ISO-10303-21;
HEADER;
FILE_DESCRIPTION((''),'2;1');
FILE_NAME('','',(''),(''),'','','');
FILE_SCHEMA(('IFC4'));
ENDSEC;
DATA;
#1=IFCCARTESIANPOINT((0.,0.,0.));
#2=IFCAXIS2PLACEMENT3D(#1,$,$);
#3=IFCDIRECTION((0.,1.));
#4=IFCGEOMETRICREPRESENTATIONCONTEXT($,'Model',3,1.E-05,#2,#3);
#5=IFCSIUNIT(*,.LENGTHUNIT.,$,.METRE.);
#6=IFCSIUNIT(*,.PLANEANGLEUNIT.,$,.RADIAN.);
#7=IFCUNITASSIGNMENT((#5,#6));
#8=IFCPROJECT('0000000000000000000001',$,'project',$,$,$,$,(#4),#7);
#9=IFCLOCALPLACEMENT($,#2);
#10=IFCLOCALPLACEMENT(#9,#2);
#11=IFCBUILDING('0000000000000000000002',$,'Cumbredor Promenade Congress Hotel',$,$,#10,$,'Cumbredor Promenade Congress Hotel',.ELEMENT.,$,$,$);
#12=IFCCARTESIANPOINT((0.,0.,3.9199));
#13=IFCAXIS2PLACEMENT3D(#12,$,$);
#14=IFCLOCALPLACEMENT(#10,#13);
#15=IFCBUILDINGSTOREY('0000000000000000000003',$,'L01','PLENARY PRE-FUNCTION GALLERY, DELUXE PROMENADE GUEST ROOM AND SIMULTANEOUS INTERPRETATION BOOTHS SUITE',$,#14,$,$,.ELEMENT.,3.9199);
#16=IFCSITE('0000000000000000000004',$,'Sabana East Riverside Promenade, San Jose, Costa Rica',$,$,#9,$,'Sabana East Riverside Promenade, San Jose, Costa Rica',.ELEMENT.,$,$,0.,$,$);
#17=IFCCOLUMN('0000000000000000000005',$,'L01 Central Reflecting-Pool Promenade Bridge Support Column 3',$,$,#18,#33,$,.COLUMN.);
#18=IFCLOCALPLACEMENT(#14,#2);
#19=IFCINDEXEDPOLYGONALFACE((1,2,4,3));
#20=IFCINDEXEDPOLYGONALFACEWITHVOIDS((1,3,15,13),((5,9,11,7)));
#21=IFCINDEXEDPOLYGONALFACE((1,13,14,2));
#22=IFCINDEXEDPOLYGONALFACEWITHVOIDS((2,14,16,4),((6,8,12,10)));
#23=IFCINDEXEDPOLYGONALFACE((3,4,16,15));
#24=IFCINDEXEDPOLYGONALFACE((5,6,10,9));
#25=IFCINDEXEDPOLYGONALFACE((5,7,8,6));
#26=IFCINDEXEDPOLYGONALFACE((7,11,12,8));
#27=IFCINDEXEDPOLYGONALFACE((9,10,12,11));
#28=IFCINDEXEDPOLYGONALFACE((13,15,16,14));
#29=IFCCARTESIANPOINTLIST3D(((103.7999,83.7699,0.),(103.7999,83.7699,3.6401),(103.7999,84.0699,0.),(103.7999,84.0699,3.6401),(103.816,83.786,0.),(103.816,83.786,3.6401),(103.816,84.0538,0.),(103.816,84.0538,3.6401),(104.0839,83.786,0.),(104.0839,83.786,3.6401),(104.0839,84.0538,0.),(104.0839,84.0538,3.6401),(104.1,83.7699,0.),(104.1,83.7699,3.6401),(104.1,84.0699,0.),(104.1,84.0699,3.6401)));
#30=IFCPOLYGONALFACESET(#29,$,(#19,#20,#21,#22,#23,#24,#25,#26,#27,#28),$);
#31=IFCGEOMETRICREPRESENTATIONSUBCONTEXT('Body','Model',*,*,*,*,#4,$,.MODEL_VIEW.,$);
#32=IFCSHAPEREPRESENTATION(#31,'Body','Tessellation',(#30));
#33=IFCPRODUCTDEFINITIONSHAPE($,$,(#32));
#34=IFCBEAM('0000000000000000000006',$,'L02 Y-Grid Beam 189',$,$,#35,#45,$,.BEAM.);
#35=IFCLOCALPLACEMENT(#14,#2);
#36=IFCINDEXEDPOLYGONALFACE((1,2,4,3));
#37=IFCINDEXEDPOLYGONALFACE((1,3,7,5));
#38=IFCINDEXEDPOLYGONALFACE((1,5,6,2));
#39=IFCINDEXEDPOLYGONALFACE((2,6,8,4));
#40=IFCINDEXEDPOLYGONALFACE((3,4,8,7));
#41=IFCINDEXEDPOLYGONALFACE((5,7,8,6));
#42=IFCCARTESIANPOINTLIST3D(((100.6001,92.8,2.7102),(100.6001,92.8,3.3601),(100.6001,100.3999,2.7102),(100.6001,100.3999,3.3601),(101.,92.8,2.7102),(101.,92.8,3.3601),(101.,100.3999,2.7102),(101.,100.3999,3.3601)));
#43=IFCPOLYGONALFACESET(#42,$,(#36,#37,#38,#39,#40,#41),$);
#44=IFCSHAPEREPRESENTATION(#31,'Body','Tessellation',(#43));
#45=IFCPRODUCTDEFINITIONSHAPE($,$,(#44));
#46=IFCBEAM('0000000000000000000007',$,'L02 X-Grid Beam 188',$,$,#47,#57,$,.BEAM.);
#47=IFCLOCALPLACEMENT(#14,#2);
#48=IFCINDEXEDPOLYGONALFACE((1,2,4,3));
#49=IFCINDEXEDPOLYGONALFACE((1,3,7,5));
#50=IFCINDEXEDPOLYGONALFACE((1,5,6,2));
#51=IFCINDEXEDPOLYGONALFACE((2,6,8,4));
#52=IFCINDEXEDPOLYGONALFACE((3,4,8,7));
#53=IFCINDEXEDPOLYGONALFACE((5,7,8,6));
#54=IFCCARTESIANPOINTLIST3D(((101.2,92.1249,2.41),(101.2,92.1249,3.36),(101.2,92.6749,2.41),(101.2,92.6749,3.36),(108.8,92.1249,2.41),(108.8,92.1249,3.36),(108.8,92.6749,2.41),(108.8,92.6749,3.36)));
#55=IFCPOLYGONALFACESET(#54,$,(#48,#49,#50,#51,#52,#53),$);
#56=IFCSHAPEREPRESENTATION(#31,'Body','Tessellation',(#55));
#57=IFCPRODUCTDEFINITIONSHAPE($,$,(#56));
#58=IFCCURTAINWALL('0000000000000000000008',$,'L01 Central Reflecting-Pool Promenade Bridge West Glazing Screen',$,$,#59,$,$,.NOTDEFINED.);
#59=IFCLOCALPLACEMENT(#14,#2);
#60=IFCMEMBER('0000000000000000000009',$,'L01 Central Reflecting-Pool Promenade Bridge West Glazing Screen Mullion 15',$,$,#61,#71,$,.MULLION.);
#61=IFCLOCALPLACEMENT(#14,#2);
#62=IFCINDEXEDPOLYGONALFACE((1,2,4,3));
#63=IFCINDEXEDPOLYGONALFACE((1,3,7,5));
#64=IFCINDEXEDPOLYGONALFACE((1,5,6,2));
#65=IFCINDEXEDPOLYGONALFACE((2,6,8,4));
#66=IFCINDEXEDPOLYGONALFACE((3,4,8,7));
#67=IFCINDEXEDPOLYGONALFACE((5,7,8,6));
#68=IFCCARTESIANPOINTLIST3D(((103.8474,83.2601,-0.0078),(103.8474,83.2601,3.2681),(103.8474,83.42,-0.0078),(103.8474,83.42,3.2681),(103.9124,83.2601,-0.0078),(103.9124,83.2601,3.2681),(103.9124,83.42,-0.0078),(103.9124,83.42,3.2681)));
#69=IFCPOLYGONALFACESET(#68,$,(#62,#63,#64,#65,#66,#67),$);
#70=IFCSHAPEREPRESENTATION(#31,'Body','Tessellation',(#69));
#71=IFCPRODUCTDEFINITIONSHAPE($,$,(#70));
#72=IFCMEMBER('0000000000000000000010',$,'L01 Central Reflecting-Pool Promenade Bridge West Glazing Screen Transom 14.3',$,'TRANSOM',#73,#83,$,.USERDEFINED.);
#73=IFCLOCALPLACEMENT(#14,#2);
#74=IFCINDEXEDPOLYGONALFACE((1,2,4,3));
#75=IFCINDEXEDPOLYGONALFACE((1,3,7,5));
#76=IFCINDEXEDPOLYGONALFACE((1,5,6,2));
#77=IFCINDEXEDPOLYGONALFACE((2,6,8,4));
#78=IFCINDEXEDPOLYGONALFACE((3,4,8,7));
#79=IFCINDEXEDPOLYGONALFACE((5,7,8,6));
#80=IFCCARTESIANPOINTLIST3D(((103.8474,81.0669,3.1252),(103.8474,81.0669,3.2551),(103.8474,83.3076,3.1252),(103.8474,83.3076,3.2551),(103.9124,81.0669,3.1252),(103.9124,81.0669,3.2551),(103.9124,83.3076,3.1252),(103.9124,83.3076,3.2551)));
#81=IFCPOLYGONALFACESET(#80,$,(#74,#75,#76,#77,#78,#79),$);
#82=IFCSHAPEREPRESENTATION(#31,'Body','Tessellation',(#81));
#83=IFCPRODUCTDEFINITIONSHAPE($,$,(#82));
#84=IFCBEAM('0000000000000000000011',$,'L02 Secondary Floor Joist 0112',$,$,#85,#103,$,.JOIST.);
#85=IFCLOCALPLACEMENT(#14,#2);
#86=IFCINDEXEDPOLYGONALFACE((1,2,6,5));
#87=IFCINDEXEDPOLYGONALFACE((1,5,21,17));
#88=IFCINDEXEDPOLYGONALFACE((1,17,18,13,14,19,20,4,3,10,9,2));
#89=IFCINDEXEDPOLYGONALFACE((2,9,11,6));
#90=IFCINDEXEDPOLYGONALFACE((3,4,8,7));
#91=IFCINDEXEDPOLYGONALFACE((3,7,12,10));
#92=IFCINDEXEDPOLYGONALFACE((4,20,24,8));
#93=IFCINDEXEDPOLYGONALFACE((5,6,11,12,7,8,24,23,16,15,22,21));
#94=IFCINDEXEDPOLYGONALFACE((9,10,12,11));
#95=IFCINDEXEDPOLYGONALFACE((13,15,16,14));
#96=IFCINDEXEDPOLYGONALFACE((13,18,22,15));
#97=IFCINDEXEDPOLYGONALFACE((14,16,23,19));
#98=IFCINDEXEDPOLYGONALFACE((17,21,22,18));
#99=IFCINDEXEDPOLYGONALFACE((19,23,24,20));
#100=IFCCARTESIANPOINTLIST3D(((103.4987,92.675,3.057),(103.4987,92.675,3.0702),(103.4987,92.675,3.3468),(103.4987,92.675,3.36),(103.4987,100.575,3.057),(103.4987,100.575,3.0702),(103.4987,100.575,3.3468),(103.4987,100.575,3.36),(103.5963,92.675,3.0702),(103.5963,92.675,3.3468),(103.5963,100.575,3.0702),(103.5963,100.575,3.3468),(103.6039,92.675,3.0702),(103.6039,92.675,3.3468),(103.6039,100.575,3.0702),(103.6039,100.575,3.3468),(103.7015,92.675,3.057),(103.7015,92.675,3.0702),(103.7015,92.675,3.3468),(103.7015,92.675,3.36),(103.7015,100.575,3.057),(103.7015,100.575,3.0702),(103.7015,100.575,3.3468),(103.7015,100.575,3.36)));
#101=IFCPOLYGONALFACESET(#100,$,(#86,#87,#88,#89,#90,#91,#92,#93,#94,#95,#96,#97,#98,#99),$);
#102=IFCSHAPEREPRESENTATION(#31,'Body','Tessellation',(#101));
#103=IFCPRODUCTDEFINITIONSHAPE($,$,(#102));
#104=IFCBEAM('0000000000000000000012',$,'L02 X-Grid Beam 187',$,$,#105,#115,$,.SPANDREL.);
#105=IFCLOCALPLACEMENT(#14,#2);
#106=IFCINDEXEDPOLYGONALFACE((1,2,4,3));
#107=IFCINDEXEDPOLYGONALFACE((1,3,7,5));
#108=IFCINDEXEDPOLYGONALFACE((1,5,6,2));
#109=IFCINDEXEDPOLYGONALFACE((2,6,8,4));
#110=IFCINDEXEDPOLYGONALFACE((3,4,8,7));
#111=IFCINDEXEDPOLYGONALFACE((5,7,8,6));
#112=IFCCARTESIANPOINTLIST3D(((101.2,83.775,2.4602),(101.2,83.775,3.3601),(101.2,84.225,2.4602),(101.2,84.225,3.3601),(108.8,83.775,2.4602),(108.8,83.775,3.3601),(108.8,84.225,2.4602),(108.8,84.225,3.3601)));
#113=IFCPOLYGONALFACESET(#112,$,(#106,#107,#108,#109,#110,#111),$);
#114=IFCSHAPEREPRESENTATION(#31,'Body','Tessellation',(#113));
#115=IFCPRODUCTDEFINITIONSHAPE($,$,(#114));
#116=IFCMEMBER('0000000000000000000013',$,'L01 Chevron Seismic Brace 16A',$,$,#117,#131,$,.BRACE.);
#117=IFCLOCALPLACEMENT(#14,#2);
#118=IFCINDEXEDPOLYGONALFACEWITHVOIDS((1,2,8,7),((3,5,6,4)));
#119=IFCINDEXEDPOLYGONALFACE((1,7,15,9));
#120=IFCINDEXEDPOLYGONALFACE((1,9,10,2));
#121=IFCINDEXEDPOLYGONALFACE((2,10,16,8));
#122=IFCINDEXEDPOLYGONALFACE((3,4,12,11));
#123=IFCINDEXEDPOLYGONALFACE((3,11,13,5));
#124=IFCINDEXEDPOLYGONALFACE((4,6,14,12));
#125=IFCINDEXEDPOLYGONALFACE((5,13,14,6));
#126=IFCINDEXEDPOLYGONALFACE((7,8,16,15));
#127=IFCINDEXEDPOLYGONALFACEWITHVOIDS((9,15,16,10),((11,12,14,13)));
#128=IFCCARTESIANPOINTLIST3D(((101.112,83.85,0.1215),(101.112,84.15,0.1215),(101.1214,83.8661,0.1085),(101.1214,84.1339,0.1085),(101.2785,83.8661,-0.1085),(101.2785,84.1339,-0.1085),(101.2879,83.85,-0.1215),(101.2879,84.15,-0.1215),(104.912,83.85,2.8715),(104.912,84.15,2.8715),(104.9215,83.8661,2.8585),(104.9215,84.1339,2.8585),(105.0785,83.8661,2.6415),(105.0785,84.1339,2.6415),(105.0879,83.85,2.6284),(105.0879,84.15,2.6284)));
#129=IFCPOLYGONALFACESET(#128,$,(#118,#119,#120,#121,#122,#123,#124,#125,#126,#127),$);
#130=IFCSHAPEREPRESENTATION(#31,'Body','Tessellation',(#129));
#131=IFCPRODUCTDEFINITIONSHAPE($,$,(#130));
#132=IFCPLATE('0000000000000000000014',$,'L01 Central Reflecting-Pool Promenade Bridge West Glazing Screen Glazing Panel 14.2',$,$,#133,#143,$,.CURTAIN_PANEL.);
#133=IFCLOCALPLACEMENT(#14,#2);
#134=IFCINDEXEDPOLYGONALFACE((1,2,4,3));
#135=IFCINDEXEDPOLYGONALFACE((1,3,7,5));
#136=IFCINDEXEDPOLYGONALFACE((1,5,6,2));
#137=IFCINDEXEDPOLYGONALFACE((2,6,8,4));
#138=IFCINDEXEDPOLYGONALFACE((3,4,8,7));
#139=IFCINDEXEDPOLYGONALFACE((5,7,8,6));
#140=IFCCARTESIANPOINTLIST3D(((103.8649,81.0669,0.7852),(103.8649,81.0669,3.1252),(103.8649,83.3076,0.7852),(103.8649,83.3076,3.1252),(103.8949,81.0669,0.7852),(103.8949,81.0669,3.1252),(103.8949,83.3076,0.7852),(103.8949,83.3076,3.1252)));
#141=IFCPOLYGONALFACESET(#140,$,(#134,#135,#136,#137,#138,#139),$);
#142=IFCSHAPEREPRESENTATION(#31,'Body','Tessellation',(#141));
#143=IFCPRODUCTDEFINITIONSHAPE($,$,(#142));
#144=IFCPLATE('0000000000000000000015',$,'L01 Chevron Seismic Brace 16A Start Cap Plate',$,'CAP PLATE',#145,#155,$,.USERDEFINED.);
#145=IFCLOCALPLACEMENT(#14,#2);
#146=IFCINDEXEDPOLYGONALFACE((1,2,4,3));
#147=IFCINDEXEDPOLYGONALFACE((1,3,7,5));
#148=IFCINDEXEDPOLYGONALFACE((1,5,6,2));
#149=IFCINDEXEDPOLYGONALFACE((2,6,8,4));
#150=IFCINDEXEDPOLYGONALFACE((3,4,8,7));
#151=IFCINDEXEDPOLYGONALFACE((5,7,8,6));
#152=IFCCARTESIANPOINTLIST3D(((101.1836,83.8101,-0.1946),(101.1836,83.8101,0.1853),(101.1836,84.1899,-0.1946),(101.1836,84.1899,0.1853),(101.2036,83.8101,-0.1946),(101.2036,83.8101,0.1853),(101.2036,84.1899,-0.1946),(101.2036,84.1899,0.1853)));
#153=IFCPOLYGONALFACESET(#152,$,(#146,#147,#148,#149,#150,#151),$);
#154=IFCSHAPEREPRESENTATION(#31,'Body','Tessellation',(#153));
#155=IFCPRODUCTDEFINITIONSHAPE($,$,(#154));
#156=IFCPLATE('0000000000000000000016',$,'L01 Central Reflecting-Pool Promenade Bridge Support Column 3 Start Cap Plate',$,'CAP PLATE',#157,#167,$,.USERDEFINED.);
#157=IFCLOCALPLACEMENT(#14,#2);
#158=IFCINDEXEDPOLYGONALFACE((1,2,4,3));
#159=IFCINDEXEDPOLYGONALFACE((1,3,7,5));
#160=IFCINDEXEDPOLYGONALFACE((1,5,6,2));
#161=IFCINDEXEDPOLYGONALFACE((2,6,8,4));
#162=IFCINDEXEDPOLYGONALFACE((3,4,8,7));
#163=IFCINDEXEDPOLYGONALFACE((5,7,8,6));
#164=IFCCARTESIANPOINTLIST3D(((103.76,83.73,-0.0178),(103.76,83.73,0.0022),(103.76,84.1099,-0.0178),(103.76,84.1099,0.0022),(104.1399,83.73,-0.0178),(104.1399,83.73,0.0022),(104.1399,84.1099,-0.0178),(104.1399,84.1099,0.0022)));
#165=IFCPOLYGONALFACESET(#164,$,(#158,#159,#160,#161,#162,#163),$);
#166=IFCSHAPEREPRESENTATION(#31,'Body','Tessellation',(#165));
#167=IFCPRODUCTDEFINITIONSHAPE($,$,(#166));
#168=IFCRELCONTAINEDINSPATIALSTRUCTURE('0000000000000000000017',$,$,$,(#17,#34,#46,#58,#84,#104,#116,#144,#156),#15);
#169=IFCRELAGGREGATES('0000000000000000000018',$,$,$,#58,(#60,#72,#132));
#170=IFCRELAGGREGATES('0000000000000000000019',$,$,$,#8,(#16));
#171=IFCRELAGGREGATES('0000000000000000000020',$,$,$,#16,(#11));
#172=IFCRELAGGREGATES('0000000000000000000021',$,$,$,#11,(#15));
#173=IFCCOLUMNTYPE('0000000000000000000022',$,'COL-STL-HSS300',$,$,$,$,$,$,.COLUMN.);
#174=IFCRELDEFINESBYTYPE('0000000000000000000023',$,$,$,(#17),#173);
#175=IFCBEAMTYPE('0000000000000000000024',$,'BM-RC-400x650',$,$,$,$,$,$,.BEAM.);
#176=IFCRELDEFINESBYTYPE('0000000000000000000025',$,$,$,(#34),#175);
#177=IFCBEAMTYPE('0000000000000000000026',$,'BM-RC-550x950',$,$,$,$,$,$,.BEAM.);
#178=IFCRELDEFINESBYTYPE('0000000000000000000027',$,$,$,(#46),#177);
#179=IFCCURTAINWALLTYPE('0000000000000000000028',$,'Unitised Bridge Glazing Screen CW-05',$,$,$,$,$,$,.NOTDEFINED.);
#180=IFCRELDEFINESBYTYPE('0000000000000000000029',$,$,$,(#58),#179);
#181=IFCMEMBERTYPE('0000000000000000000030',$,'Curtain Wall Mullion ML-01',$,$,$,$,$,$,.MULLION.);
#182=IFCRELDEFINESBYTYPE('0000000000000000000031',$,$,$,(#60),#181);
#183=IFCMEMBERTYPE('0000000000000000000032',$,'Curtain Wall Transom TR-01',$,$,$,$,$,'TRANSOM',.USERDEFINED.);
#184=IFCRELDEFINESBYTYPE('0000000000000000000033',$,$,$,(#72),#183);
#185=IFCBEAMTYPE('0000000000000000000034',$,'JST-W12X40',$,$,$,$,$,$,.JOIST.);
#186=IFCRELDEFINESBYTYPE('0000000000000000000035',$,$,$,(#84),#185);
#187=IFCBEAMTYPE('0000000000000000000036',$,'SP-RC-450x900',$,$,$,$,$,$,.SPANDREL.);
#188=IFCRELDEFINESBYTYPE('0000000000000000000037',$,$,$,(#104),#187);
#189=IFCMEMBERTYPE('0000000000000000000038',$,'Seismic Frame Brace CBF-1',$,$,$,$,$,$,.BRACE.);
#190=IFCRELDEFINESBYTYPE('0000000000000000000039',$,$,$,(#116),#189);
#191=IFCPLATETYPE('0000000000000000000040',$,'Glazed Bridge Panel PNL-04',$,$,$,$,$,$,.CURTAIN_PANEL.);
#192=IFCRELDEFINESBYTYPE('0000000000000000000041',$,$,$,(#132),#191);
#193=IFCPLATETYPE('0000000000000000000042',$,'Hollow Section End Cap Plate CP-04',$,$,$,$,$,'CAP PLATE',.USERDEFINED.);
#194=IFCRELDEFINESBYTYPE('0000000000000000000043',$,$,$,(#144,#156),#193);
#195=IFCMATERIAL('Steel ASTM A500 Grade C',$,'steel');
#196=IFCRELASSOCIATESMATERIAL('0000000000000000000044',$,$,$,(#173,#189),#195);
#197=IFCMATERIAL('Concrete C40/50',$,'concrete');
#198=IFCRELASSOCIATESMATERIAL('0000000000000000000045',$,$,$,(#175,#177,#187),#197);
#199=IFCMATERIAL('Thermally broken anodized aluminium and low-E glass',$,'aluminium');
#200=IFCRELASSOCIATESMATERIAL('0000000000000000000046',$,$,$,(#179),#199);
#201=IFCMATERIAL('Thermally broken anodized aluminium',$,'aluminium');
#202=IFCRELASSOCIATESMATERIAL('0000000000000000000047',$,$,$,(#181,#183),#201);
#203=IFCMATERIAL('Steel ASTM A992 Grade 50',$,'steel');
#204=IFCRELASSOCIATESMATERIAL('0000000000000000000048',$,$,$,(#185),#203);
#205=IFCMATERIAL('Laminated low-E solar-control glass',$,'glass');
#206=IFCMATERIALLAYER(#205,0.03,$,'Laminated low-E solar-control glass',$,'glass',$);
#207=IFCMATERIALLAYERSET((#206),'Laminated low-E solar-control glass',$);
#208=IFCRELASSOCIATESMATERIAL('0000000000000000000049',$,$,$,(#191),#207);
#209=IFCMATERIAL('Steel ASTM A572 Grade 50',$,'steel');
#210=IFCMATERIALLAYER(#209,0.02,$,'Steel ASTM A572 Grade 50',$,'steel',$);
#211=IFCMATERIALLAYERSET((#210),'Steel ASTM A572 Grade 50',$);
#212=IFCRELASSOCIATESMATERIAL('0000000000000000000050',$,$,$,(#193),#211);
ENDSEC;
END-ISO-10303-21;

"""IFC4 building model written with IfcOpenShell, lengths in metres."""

from ifc_helpers import new_model, si_unit, direction, frame, origin, origin_2d, place, context, subcontext, project, spatial, rectangle, hollow_rectangle, i_section, extrude, material, layer, layer_set, material_profile, profile_set, type_object, element, aggregate, save


model = new_model("IFC4")

# Units and contexts
model_context = context("Model", 3, precision=1e-05, world=origin(), true_north=direction((0.0, 1.0)))
body_context = subcontext(model_context, "Body", "Model", "MODEL_VIEW")
ifc_project = project(units=[si_unit("LENGTHUNIT", "METRE"), si_unit("PLANEANGLEUNIT", "RADIAN")], contexts=[model_context])

# Site, building, storey
site_placement = place(None, origin())
site = spatial("IfcSite", under=ifc_project, at=site_placement, Name="Sabana East Riverside Promenade, San Jose, Costa Rica", LongName="Sabana East Riverside Promenade, San Jose, Costa Rica", CompositionType="ELEMENT", RefElevation=0.0)
building_placement = place(site_placement, origin())
building = spatial("IfcBuilding", under=site, at=building_placement, Name="Cumbredor Promenade Congress Hotel", LongName="Cumbredor Promenade Congress Hotel", CompositionType="ELEMENT")
storey_placement = place(building_placement, frame((0.0, 0.0, 3.9199)))
storey = spatial("IfcBuildingStorey", under=building, at=storey_placement, Name="L01", Description="PLENARY PRE-FUNCTION GALLERY, DELUXE PROMENADE GUEST ROOM AND SIMULTANEOUS INTERPRETATION BOOTHS SUITE", CompositionType="ELEMENT", Elevation=3.9199)

# Column
ifc_material_1 = material(Name="Steel ASTM A500 Grade C", Category="steel")
ifc_material_profile_1 = material_profile(ifc_material_1, hollow_rectangle(XDim=0.3, YDim=0.3, WallThickness=0.0161, at=origin_2d()), Name="HSS 300x300x16")
ifc_profile_set_1 = profile_set([ifc_material_profile_1], Name="Steel ASTM A500 Grade C")
column_type = type_object("IfcColumnType", Name="COL-STL-HSS300", PredefinedType="COLUMN", material=ifc_profile_set_1)
column_placement = place(storey_placement, frame((103.95, 83.9199, 0.0), z_axis=(0.0, 0.0, 1.0), x_axis=(1.0, 0.0, 0.0)))
element("IfcColumn", 1, at=column_placement, inside=storey, type_object=column_type, Name="L01 Central Reflecting-Pool Promenade Bridge Support Column 3", PredefinedType="COLUMN", context=body_context, shape_type="SweptSolid", body=[
    extrude(hollow_rectangle(XDim=0.3, YDim=0.3, WallThickness=0.0161, at=origin_2d()), origin(), (0.0, 0.0, 1.0), 3.6401),
])

# Beams
ifc_material_2 = material(Name="Concrete C40/50", Category="concrete")
ifc_material_profile_2 = material_profile(ifc_material_2, rectangle(XDim=0.3999, YDim=0.6499, at=origin_2d()), Name="RC BEAM 400x650")
ifc_profile_set_2 = profile_set([ifc_material_profile_2], Name="Concrete C40/50")
beam_type_1 = type_object("IfcBeamType", Name="BM-RC-400x650", PredefinedType="BEAM", material=ifc_profile_set_2)
beam_1_placement = place(storey_placement, frame((100.8, 92.8, 3.0352), z_axis=(0.0, 1.0, 0.0), x_axis=(-1.0, 0.0, 0.0)))
element("IfcBeam", 2, at=beam_1_placement, inside=storey, type_object=beam_type_1, Name="L02 Y-Grid Beam 189", PredefinedType="BEAM", context=body_context, shape_type="SweptSolid", body=[
    extrude(rectangle(XDim=0.3999, YDim=0.6499, at=origin_2d()), origin(), (0.0, 0.0, 1.0), 7.5999),
])
ifc_material_profile_3 = material_profile(ifc_material_2, rectangle(XDim=0.55, YDim=0.95, at=origin_2d()), Name="RC BEAM 550x950")
ifc_profile_set_3 = profile_set([ifc_material_profile_3], Name="Concrete C40/50")
beam_type_2 = type_object("IfcBeamType", Name="BM-RC-550x950", PredefinedType="BEAM", material=ifc_profile_set_3)
beam_2_placement = place(storey_placement, frame((101.2, 92.3999, 2.885), z_axis=(1.0, 0.0, 0.0), x_axis=(0.0, 1.0, 0.0)))
element("IfcBeam", 3, at=beam_2_placement, inside=storey, type_object=beam_type_2, Name="L02 X-Grid Beam 188", PredefinedType="BEAM", context=body_context, shape_type="SweptSolid", body=[
    extrude(rectangle(XDim=0.55, YDim=0.95, at=origin_2d()), origin(), (0.0, 0.0, 1.0), 7.6001),
])

# Curtain wall, members
ifc_material_3 = material(Name="Thermally broken anodized aluminium and low-E glass", Category="aluminium")
curtain_wall_type = type_object("IfcCurtainWallType", Name="Unitised Bridge Glazing Screen CW-05", PredefinedType="NOTDEFINED", material=ifc_material_3)
curtain_wall_placement = place(storey_placement, origin())
curtain_wall = element("IfcCurtainWall", 4, at=curtain_wall_placement, inside=storey, type_object=curtain_wall_type, Name="L01 Central Reflecting-Pool Promenade Bridge West Glazing Screen", PredefinedType="NOTDEFINED")
ifc_material_4 = material(Name="Thermally broken anodized aluminium", Category="aluminium")
ifc_material_profile_4 = material_profile(ifc_material_4, rectangle(XDim=0.0649, YDim=0.1599, at=origin_2d()), Name="ALU MULLION 65x160")
ifc_profile_set_4 = profile_set([ifc_material_profile_4], Name="Thermally broken anodized aluminium")
member_type_1 = type_object("IfcMemberType", Name="Curtain Wall Mullion ML-01", PredefinedType="MULLION", material=ifc_profile_set_4)
member_1_placement = place(storey_placement, frame((103.8799, 83.3401, -0.0078), z_axis=(0.0, 0.0, 1.0), x_axis=(1.0, 0.0, 0.0)))
member_1 = element("IfcMember", 5, at=member_1_placement, type_object=member_type_1, Name="L01 Central Reflecting-Pool Promenade Bridge West Glazing Screen Mullion 15", PredefinedType="MULLION", context=body_context, shape_type="SweptSolid", body=[
    extrude(rectangle(XDim=0.0649, YDim=0.1599, at=origin_2d()), origin(), (0.0, 0.0, 1.0), 3.2759),
])
ifc_material_profile_5 = material_profile(ifc_material_4, rectangle(XDim=0.0649, YDim=0.1299, at=origin_2d()), Name="ALU TRANSOM 65x130")
ifc_profile_set_5 = profile_set([ifc_material_profile_5], Name="Thermally broken anodized aluminium")
member_type_2 = type_object("IfcMemberType", Name="Curtain Wall Transom TR-01", ElementType="TRANSOM", PredefinedType="USERDEFINED", material=ifc_profile_set_5)
member_2_placement = place(storey_placement, frame((103.8799, 81.0669, 3.1902), z_axis=(0.0, 1.0, 0.0), x_axis=(-1.0, 0.0, 0.0)))
member_2 = element("IfcMember", 6, at=member_2_placement, type_object=member_type_2, Name="L01 Central Reflecting-Pool Promenade Bridge West Glazing Screen Transom 14.3", ObjectType="TRANSOM", PredefinedType="USERDEFINED", context=body_context, shape_type="SweptSolid", body=[
    extrude(rectangle(XDim=0.0649, YDim=0.1299, at=origin_2d()), origin(), (0.0, 0.0, 1.0), 2.2407),
])

# Beams
ifc_material_5 = material(Name="Steel ASTM A992 Grade 50", Category="steel")
ifc_material_profile_6 = material_profile(ifc_material_5, i_section(OverallWidth=0.2029, OverallDepth=0.303, WebThickness=0.0076, FlangeThickness=0.0132, at=origin_2d()), Name="W12X40")
ifc_profile_set_6 = profile_set([ifc_material_profile_6], Name="Steel ASTM A992 Grade 50")
beam_type_3 = type_object("IfcBeamType", Name="JST-W12X40", PredefinedType="JOIST", material=ifc_profile_set_6)
beam_3_placement = place(storey_placement, frame((103.6001, 92.675, 3.2085), z_axis=(0.0, 1.0, 0.0), x_axis=(-1.0, 0.0, 0.0)))
element("IfcBeam", 7, at=beam_3_placement, inside=storey, type_object=beam_type_3, Name="L02 Secondary Floor Joist 0112", PredefinedType="JOIST", context=body_context, shape_type="SweptSolid", body=[
    extrude(i_section(OverallWidth=0.2029, OverallDepth=0.303, WebThickness=0.0076, FlangeThickness=0.0132, at=origin_2d()), origin(), (0.0, 0.0, 1.0), 7.8999),
])
ifc_material_profile_7 = material_profile(ifc_material_2, rectangle(XDim=0.45, YDim=0.8999, at=origin_2d()), Name="RC SPANDREL 450x900")
ifc_profile_set_7 = profile_set([ifc_material_profile_7], Name="Concrete C40/50")
beam_type_4 = type_object("IfcBeamType", Name="SP-RC-450x900", PredefinedType="SPANDREL", material=ifc_profile_set_7)
beam_4_placement = place(storey_placement, frame((101.2, 84.0, 2.9102), z_axis=(1.0, 0.0, 0.0), x_axis=(0.0, 1.0, 0.0)))
element("IfcBeam", 8, at=beam_4_placement, inside=storey, type_object=beam_type_4, Name="L02 X-Grid Beam 187", PredefinedType="SPANDREL", context=body_context, shape_type="SweptSolid", body=[
    extrude(rectangle(XDim=0.45, YDim=0.8999, at=origin_2d()), origin(), (0.0, 0.0, 1.0), 7.6001),
])

# Member
ifc_material_profile_8 = material_profile(ifc_material_1, hollow_rectangle(XDim=0.3, YDim=0.3, WallThickness=0.0161, at=origin_2d()), Name="HSS 300x300x16")
ifc_profile_set_8 = profile_set([ifc_material_profile_8], Name="Steel ASTM A500 Grade C")
member_type_3 = type_object("IfcMemberType", Name="Seismic Frame Brace CBF-1", PredefinedType="BRACE", material=ifc_profile_set_8)
member_3_placement = place(storey_placement, frame((101.2, 84.0, 0.0), z_axis=(0.81012, 0.0, 0.586264), x_axis=(0.0, 1.0, 0.0)))
element("IfcMember", 9, at=member_3_placement, inside=storey, type_object=member_type_3, Name="L01 Chevron Seismic Brace 16A", PredefinedType="BRACE", context=body_context, shape_type="SweptSolid", body=[
    extrude(hollow_rectangle(XDim=0.3, YDim=0.3, WallThickness=0.0161, at=origin_2d()), origin(), (0.0, 0.0, 1.0), 4.6907),
])

# Plate
ifc_material_6 = material(Name="Laminated low-E solar-control glass", Category="glass")
ifc_layer_1 = layer(ifc_material_6, 0.03, Name="Laminated low-E solar-control glass", Category="glass")
ifc_layer_set_1 = layer_set([ifc_layer_1], Name="Laminated low-E solar-control glass")
plate_type_1 = type_object("IfcPlateType", Name="Glazed Bridge Panel PNL-04", PredefinedType="CURTAIN_PANEL", material=ifc_layer_set_1)
plate_1_placement = place(storey_placement, frame((103.8799, 82.1873, 0.7852), z_axis=(0.0, 0.0, 1.0), x_axis=(0.0, 1.0, 0.0)))
plate_1 = element("IfcPlate", 10, at=plate_1_placement, type_object=plate_type_1, Name="L01 Central Reflecting-Pool Promenade Bridge West Glazing Screen Glazing Panel 14.2", PredefinedType="CURTAIN_PANEL", context=body_context, shape_type="SweptSolid", body=[
    extrude(rectangle(XDim=2.2407, YDim=0.03, at=origin_2d()), origin(), (0.0, 0.0, 1.0), 2.3401),
])

# Plates
ifc_material_7 = material(Name="Steel ASTM A572 Grade 50", Category="steel")
ifc_layer_2 = layer(ifc_material_7, 0.02, Name="Steel ASTM A572 Grade 50", Category="steel")
ifc_layer_set_2 = layer_set([ifc_layer_2], Name="Steel ASTM A572 Grade 50")
plate_type_2 = type_object("IfcPlateType", Name="Hollow Section End Cap Plate CP-04", ElementType="CAP PLATE", PredefinedType="USERDEFINED", material=ifc_layer_set_2)
plate_2_placement = place(storey_placement, frame((101.1936, 84.0, -0.1946), z_axis=(0.0, 0.0, 1.0), x_axis=(1.0, 0.0, 0.0)))
element("IfcPlate", 11, at=plate_2_placement, inside=storey, type_object=plate_type_2, Name="L01 Chevron Seismic Brace 16A Start Cap Plate", ObjectType="CAP PLATE", PredefinedType="USERDEFINED", context=body_context, shape_type="SweptSolid", body=[
    extrude(rectangle(XDim=0.02, YDim=0.3799, at=origin_2d()), origin(), (0.0, 0.0, 1.0), 0.3799),
])
for number, where, z_axis, x_axis, name in (
    (12, (103.95, 83.9199, -0.0178), (0.0, 0.0, 1.0), (1.0, 0.0, 0.0), "L01 Central Reflecting-Pool Promenade Bridge Support Column 3 Start Cap Plate"),
):
    element("IfcPlate", number, at=place(storey_placement, frame(where, z_axis=z_axis, x_axis=x_axis)), inside=storey, type_object=plate_type_2, Name=name, ObjectType="CAP PLATE", PredefinedType="USERDEFINED", context=body_context, shape_type="SweptSolid", body=[
        extrude(rectangle(XDim=0.3799, YDim=0.3799, at=origin_2d()), origin(), (0.0, 0.0, 1.0), 0.02),
    ])

aggregate(curtain_wall, [member_1, member_2, plate_1])

save(model, "model.ifc")
